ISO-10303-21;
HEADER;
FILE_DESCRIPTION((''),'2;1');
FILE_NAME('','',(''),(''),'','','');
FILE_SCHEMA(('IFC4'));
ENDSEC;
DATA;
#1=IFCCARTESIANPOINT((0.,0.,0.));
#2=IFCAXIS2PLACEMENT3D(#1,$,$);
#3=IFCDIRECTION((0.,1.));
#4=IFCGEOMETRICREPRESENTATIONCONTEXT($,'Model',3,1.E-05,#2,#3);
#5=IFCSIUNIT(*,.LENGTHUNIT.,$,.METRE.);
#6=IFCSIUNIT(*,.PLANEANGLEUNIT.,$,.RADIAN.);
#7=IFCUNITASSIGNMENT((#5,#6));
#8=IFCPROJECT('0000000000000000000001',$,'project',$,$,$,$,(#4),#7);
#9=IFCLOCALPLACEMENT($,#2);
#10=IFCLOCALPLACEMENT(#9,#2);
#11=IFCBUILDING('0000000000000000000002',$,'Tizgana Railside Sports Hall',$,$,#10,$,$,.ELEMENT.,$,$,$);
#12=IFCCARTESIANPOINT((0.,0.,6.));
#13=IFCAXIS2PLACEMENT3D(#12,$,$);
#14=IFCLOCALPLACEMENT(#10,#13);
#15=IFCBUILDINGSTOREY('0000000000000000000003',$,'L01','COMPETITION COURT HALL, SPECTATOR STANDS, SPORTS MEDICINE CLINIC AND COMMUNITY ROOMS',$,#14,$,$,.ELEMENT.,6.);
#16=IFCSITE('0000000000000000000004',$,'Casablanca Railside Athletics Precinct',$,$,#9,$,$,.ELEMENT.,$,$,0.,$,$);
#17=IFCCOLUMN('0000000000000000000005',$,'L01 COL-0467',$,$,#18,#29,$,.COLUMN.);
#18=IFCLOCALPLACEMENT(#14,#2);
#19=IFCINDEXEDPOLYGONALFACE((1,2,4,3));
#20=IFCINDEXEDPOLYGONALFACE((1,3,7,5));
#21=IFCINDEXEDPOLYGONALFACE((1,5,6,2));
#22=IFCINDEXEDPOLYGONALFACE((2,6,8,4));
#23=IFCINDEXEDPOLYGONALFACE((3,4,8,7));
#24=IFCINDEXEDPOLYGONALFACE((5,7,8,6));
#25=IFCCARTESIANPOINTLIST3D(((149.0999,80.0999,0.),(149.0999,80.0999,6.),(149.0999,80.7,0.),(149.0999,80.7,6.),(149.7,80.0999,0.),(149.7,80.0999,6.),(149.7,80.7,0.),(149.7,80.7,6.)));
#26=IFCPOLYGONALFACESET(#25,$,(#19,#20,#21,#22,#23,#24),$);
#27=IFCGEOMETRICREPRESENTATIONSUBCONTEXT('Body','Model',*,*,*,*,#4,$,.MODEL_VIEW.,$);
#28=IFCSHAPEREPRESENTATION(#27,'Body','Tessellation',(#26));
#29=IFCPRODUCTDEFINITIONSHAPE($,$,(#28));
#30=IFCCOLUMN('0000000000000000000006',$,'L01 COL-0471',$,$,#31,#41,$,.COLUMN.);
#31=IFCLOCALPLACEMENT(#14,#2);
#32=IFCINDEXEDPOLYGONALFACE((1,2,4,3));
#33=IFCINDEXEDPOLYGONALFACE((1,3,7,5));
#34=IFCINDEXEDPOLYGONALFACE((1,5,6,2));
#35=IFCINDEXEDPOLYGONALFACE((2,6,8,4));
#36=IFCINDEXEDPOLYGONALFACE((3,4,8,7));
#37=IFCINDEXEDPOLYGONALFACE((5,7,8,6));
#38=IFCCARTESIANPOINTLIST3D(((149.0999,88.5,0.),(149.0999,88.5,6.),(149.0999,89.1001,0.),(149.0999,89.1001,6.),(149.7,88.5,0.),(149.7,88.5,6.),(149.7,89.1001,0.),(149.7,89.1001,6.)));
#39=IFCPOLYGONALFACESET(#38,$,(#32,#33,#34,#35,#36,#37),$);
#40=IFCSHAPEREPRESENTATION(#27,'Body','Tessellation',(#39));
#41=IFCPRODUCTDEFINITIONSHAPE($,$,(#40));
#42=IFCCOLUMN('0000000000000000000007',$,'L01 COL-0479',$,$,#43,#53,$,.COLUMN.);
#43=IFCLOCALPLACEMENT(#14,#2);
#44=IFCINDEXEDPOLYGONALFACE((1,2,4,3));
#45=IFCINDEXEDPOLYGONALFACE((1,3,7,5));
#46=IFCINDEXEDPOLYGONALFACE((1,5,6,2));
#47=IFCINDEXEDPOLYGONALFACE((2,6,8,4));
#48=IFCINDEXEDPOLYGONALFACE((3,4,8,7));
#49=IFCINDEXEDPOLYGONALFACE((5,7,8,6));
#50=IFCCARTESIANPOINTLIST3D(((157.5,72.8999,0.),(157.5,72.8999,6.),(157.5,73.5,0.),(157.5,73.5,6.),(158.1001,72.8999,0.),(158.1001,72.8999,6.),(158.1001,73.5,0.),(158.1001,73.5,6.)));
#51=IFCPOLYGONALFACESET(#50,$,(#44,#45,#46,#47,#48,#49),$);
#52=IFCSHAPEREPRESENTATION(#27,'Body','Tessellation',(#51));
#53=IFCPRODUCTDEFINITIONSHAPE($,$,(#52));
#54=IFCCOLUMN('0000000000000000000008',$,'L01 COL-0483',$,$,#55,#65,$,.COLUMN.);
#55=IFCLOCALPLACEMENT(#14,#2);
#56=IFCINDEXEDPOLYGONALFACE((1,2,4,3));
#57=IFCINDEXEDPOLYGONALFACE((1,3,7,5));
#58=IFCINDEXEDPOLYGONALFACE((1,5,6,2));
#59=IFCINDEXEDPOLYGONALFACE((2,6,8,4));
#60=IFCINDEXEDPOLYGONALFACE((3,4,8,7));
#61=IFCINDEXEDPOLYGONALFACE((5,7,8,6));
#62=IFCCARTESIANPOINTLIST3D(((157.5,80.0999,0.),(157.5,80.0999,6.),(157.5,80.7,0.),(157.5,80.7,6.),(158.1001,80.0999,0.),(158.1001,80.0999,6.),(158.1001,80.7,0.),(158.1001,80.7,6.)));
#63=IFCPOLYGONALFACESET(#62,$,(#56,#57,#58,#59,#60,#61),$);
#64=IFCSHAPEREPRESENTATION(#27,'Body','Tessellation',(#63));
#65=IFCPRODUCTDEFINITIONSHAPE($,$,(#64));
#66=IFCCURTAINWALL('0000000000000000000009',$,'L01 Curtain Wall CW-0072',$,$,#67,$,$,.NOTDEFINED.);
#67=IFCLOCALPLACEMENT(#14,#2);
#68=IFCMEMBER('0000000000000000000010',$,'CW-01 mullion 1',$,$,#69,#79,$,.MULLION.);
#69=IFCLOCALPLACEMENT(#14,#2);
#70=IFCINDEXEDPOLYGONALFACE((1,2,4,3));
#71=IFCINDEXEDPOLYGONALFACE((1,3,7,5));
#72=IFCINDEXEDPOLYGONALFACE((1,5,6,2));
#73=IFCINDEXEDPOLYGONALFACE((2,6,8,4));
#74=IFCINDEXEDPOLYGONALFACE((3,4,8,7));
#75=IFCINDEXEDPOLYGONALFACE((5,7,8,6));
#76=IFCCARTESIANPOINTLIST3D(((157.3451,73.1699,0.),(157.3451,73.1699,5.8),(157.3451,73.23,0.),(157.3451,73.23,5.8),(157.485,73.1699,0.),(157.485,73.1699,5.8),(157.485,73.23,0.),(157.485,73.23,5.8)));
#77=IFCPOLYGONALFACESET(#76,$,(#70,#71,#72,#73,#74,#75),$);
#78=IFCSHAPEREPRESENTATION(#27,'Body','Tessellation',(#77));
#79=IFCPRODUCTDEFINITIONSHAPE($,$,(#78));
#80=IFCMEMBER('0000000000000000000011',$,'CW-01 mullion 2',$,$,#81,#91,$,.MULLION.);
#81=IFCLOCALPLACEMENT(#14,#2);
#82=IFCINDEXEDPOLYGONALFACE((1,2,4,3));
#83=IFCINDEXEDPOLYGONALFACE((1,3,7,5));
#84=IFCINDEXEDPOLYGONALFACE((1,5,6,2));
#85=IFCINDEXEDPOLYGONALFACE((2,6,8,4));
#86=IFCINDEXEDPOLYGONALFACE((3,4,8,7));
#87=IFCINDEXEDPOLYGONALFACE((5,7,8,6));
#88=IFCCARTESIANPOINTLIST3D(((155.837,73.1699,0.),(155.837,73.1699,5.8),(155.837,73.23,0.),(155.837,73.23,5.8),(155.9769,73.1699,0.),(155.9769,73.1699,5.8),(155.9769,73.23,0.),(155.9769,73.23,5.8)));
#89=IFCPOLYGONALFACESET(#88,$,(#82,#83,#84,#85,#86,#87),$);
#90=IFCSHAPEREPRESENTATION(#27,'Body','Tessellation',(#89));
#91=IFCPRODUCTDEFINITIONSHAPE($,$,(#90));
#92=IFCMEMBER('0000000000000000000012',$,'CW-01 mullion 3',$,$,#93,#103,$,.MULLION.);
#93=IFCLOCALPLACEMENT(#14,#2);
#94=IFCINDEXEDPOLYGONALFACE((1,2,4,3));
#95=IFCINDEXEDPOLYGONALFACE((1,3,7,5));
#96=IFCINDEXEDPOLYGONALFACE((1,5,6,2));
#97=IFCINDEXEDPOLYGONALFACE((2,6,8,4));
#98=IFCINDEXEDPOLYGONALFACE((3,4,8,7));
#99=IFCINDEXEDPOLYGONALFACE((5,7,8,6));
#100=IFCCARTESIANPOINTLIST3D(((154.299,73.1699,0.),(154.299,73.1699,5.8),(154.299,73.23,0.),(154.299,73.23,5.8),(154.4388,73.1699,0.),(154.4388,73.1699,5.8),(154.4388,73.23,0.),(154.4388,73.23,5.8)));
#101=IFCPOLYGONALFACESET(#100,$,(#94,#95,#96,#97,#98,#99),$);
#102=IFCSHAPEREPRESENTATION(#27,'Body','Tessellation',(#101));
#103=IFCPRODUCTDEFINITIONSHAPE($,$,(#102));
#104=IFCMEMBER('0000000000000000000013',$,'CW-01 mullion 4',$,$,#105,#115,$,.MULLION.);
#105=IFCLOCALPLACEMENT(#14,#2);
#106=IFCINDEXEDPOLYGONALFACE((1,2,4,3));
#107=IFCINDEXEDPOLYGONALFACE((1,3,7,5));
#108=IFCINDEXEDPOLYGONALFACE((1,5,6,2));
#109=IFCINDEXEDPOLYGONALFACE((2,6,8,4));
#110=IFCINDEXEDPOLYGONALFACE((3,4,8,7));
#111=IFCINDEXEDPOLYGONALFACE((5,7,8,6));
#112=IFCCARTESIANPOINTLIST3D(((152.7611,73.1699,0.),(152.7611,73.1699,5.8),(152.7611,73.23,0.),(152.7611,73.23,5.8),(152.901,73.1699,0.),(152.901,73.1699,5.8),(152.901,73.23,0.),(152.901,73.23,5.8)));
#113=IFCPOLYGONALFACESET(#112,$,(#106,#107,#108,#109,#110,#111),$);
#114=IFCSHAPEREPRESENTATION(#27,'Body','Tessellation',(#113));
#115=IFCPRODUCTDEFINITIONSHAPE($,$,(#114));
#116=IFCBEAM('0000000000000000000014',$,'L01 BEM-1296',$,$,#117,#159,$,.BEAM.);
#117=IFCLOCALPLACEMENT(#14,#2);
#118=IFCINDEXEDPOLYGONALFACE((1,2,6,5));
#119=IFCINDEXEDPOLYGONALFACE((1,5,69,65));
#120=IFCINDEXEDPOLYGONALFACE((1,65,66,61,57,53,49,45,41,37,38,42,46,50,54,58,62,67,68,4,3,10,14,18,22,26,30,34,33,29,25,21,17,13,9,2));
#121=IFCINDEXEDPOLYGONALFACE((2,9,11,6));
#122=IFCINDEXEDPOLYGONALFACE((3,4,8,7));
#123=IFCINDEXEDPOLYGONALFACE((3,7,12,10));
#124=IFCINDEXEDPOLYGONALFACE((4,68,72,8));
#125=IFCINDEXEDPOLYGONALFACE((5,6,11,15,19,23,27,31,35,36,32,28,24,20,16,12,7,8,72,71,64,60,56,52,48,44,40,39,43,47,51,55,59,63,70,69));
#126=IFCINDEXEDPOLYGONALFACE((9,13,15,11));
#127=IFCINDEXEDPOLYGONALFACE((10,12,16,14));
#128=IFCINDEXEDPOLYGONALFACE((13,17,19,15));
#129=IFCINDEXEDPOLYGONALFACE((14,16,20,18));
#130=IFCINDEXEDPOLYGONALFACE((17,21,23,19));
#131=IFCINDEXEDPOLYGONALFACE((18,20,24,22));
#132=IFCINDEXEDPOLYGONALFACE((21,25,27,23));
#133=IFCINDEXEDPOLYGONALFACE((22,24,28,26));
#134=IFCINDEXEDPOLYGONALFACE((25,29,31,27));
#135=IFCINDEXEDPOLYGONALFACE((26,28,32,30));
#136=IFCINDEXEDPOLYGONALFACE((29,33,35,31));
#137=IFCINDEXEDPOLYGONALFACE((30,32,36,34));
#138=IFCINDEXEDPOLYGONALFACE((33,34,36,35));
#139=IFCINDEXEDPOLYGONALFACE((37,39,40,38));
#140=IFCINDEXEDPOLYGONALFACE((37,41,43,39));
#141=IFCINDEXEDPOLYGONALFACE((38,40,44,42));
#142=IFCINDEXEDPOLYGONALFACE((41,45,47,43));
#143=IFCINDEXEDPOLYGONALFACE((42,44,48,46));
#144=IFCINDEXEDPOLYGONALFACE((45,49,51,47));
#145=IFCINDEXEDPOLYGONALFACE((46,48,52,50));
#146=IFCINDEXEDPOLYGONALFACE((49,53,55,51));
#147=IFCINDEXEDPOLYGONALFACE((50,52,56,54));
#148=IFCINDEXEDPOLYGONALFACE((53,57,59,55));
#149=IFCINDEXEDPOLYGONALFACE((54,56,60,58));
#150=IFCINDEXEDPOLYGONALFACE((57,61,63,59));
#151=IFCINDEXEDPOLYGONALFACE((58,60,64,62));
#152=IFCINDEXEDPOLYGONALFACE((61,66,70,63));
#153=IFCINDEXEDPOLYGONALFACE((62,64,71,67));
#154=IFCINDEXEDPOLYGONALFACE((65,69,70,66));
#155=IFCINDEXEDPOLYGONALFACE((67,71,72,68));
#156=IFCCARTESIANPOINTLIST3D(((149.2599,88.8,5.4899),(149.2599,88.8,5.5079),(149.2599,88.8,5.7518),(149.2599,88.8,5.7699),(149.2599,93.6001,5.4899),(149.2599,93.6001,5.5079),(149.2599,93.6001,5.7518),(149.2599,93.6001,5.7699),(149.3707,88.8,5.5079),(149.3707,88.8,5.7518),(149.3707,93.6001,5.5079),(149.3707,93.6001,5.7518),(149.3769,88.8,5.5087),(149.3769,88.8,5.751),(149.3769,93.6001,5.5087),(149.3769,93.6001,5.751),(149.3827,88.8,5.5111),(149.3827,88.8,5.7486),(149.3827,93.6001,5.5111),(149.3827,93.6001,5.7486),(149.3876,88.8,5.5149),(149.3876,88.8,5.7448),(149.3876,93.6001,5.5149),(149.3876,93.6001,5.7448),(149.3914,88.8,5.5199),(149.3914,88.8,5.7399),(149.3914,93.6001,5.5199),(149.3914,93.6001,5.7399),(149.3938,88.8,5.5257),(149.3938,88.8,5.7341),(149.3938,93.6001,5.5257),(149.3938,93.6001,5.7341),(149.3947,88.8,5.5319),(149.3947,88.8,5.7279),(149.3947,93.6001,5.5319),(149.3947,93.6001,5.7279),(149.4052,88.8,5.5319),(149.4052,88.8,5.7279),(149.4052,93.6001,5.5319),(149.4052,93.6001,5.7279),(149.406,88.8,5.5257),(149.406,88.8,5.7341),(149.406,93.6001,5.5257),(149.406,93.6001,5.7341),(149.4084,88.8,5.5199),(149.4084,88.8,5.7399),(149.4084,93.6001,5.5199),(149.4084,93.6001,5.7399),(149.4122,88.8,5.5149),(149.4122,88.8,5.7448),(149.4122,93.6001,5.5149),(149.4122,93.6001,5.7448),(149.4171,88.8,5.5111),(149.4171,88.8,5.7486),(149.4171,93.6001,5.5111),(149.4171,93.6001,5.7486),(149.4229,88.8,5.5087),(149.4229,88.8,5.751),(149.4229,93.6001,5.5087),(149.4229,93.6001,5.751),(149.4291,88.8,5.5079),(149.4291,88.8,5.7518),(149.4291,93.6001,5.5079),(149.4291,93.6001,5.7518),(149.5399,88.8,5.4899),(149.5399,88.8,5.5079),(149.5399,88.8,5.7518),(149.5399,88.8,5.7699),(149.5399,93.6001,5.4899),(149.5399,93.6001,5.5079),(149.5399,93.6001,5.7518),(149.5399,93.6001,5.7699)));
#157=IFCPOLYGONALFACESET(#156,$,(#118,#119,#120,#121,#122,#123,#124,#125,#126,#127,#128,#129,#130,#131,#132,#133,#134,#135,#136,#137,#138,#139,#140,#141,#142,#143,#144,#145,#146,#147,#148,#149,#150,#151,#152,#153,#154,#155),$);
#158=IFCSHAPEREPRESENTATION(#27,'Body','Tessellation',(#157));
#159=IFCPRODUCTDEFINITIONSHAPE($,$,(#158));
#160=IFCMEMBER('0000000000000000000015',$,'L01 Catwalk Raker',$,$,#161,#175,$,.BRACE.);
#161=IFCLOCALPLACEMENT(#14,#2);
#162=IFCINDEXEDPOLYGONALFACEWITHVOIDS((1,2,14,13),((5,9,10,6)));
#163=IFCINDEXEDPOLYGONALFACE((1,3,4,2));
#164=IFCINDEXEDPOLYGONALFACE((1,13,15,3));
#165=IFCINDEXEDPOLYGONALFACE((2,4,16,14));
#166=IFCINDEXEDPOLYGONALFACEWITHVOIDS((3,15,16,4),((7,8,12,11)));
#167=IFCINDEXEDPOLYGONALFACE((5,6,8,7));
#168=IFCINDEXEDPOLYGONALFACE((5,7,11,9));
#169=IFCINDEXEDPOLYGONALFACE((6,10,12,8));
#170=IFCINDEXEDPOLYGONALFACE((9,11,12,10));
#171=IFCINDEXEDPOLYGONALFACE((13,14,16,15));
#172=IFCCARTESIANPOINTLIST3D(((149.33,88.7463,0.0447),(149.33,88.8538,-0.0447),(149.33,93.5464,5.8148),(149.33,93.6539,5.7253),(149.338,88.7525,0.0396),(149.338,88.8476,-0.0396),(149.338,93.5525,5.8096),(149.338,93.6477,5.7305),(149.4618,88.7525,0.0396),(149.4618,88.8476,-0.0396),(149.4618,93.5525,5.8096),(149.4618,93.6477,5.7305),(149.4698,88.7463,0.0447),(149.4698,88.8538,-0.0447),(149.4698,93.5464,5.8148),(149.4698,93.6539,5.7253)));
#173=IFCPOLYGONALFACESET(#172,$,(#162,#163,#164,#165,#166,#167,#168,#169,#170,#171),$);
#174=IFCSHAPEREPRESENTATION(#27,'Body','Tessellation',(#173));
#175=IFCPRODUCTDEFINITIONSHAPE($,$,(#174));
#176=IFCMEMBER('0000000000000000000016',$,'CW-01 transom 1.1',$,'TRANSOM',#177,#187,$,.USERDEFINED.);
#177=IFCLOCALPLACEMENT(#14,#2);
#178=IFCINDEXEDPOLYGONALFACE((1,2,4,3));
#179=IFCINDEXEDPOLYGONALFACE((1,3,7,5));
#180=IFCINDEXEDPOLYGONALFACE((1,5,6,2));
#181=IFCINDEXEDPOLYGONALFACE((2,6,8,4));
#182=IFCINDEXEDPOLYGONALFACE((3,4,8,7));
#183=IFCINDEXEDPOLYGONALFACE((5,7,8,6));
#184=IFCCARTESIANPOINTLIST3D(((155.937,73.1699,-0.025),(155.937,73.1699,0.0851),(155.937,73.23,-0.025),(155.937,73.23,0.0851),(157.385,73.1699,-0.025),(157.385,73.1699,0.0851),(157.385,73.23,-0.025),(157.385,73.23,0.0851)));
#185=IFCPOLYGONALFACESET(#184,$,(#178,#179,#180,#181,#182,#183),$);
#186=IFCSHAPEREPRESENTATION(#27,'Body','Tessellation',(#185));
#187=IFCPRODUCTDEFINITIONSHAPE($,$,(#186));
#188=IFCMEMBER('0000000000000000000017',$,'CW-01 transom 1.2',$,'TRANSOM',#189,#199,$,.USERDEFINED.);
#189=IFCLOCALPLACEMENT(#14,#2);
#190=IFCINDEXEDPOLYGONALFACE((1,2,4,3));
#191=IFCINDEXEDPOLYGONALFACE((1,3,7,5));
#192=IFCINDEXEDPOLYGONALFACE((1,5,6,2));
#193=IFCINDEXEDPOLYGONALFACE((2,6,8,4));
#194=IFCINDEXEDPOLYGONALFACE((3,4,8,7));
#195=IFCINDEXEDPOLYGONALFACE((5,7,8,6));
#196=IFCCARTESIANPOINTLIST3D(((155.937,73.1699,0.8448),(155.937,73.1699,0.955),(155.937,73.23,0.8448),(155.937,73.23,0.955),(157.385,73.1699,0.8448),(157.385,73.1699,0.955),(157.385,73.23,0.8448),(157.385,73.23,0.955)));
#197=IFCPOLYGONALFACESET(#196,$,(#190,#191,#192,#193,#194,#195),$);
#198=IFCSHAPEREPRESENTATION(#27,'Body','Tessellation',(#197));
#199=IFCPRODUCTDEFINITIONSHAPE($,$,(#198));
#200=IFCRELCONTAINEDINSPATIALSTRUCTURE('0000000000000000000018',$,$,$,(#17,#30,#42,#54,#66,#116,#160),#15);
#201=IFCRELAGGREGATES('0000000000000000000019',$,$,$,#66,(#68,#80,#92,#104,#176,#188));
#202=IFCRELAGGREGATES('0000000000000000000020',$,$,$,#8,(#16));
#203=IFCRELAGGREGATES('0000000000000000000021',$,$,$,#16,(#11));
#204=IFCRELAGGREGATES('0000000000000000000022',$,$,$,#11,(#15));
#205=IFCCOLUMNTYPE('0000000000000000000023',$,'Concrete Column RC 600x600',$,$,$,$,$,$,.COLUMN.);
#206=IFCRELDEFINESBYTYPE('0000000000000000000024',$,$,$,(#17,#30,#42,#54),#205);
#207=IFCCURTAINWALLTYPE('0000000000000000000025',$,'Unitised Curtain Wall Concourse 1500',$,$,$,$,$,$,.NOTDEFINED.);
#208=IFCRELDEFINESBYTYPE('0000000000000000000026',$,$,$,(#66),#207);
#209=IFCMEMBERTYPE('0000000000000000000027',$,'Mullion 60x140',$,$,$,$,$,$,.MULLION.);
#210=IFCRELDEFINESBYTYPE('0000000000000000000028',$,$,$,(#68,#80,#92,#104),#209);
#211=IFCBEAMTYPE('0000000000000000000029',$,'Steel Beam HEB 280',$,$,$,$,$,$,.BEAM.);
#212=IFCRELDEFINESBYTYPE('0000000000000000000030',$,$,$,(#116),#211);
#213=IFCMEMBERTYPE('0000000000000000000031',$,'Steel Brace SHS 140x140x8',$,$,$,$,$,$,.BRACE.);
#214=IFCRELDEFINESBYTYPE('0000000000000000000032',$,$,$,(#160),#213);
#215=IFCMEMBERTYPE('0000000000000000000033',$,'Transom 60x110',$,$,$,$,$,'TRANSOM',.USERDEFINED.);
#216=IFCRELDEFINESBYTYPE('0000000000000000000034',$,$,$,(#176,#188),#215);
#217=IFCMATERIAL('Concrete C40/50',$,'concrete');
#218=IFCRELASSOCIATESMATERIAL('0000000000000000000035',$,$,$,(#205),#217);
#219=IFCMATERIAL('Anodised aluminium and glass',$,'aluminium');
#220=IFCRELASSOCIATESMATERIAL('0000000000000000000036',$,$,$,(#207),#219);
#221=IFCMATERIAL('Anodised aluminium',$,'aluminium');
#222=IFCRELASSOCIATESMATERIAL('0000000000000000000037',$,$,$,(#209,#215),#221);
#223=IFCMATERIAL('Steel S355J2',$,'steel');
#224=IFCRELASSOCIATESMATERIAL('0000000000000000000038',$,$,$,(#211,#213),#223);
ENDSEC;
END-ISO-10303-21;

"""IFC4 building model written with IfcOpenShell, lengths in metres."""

from ifc_helpers import new_model, si_unit, direction, frame, origin, origin_2d, place, context, subcontext, project, spatial, rectangle, hollow_rectangle, i_section, extrude, material, material_profile, profile_set, type_object, element, aggregate, save


model = new_model("IFC4")

# Units and contexts
model_context = context("Model", 3, precision=1e-05, world=origin(), true_north=direction((0.0, 1.0)))
body_context = subcontext(model_context, "Body", "Model", "MODEL_VIEW")
ifc_project = project(units=[si_unit("LENGTHUNIT", "METRE"), si_unit("PLANEANGLEUNIT", "RADIAN")], contexts=[model_context])

# Site, building, storey
site_placement = place(None, origin())
site = spatial("IfcSite", under=ifc_project, at=site_placement, Name="Casablanca Railside Athletics Precinct", CompositionType="ELEMENT", RefElevation=0.0)
building_placement = place(site_placement, origin())
building = spatial("IfcBuilding", under=site, at=building_placement, Name="Tizgana Railside Sports Hall", CompositionType="ELEMENT")
storey_placement = place(building_placement, frame((0.0, 0.0, 6.0)))
storey = spatial("IfcBuildingStorey", under=building, at=storey_placement, Name="L01", Description="COMPETITION COURT HALL, SPECTATOR STANDS, SPORTS MEDICINE CLINIC AND COMMUNITY ROOMS", CompositionType="ELEMENT", Elevation=6.0)

# Columns
ifc_material_1 = material(Name="Concrete C40/50", Category="concrete")
ifc_material_profile_1 = material_profile(ifc_material_1, rectangle(XDim=0.6001, YDim=0.6001, at=origin_2d()), Name="RC 600x600")
ifc_profile_set_1 = profile_set([ifc_material_profile_1], Name="Concrete C40/50")
column_type = type_object("IfcColumnType", Name="Concrete Column RC 600x600", PredefinedType="COLUMN", material=ifc_profile_set_1)
for number, where, z_axis, x_axis, name in (
    (1, (149.3999, 80.3999, 0.0), (0.0, 0.0, 1.0), (1.0, 0.0, 0.0), "L01 COL-0467"),
    (2, (149.3999, 88.8, 0.0), (0.0, 0.0, 1.0), (1.0, 0.0, 0.0), "L01 COL-0471"),
    (3, (157.8, 73.2, 0.0), (0.0, 0.0, 1.0), (1.0, 0.0, 0.0), "L01 COL-0479"),
    (4, (157.8, 80.3999, 0.0), (0.0, 0.0, 1.0), (1.0, 0.0, 0.0), "L01 COL-0483"),
):
    element("IfcColumn", number, at=place(storey_placement, frame(where, z_axis=z_axis, x_axis=x_axis)), inside=storey, type_object=column_type, Name=name, PredefinedType="COLUMN", context=body_context, shape_type="SweptSolid", body=[
        extrude(rectangle(XDim=0.6001, YDim=0.6001, at=origin_2d()), origin(), (0.0, 0.0, 1.0), 6.0),
    ])

# Curtain wall, members
ifc_material_2 = material(Name="Anodised aluminium and glass", Category="aluminium")
curtain_wall_type = type_object("IfcCurtainWallType", Name="Unitised Curtain Wall Concourse 1500", PredefinedType="NOTDEFINED", material=ifc_material_2)
curtain_wall_placement = place(storey_placement, origin())
curtain_wall = element("IfcCurtainWall", 5, at=curtain_wall_placement, inside=storey, type_object=curtain_wall_type, Name="L01 Curtain Wall CW-0072", PredefinedType="NOTDEFINED")
ifc_material_3 = material(Name="Anodised aluminium", Category="aluminium")
ifc_material_profile_2 = material_profile(ifc_material_3, rectangle(XDim=0.0601, YDim=0.1399, at=origin_2d()), Name="Mullion 60x140")
ifc_profile_set_2 = profile_set([ifc_material_profile_2], Name="Anodised aluminium")
member_type_1 = type_object("IfcMemberType", Name="Mullion 60x140", PredefinedType="MULLION", material=ifc_profile_set_2)
member_1_placement = place(storey_placement, frame((157.415, 73.2, 0.0), z_axis=(0.0, 0.0, 1.0), x_axis=(0.0, -1.0, 0.0)))
member_1 = element("IfcMember", 6, at=member_1_placement, type_object=member_type_1, Name="CW-01 mullion 1", PredefinedType="MULLION", context=body_context, shape_type="SweptSolid", body=[
    extrude(rectangle(XDim=0.0601, YDim=0.1399, at=origin_2d()), origin(), (0.0, 0.0, 1.0), 5.8),
])
member_2_placement = place(storey_placement, frame((155.907, 73.2, 0.0), z_axis=(0.0, 0.0, 1.0), x_axis=(0.0, -1.0, 0.0)))
member_2 = element("IfcMember", 7, at=member_2_placement, type_object=member_type_1, Name="CW-01 mullion 2", PredefinedType="MULLION", context=body_context, shape_type="SweptSolid", body=[
    extrude(rectangle(XDim=0.0601, YDim=0.1399, at=origin_2d()), origin(), (0.0, 0.0, 1.0), 5.8),
])
member_3_placement = place(storey_placement, frame((154.3689, 73.2, 0.0), z_axis=(0.0, 0.0, 1.0), x_axis=(0.0, -1.0, 0.0)))
member_3 = element("IfcMember", 8, at=member_3_placement, type_object=member_type_1, Name="CW-01 mullion 3", PredefinedType="MULLION", context=body_context, shape_type="SweptSolid", body=[
    extrude(rectangle(XDim=0.0601, YDim=0.1399, at=origin_2d()), origin(), (0.0, 0.0, 1.0), 5.8),
])
member_4_placement = place(storey_placement, frame((152.8311, 73.2, 0.0), z_axis=(0.0, 0.0, 1.0), x_axis=(0.0, -1.0, 0.0)))
member_4 = element("IfcMember", 9, at=member_4_placement, type_object=member_type_1, Name="CW-01 mullion 4", PredefinedType="MULLION", context=body_context, shape_type="SweptSolid", body=[
    extrude(rectangle(XDim=0.0601, YDim=0.1399, at=origin_2d()), origin(), (0.0, 0.0, 1.0), 5.8),
])

# Beam
ifc_material_4 = material(Name="Steel S355J2", Category="steel")
ifc_material_profile_3 = material_profile(ifc_material_4, i_section(OverallWidth=0.28, OverallDepth=0.28, WebThickness=0.0105, FlangeThickness=0.0181, FilletRadius=0.0239, at=origin_2d()), Name="HEB 280")
ifc_profile_set_3 = profile_set([ifc_material_profile_3], Name="Steel S355J2")
beam_type = type_object("IfcBeamType", Name="Steel Beam HEB 280", PredefinedType="BEAM", material=ifc_profile_set_3)
beam_placement = place(storey_placement, frame((149.3999, 88.8, 5.6299), z_axis=(0.0, 1.0, 0.0), x_axis=(-1.0, 0.0, 0.0)))
element("IfcBeam", 10, at=beam_placement, inside=storey, type_object=beam_type, Name="L01 BEM-1296", PredefinedType="BEAM", context=body_context, shape_type="SweptSolid", body=[
    extrude(i_section(OverallWidth=0.28, OverallDepth=0.28, WebThickness=0.0105, FlangeThickness=0.0181, FilletRadius=0.0239, at=origin_2d()), origin(), (0.0, 0.0, 1.0), 4.8),
])

# Members
ifc_material_profile_4 = material_profile(ifc_material_4, hollow_rectangle(XDim=0.1399, YDim=0.1399, WallThickness=0.0081, at=origin_2d()), Name="SHS 140x140x8")
ifc_profile_set_4 = profile_set([ifc_material_profile_4], Name="Steel S355J2")
member_type_2 = type_object("IfcMemberType", Name="Steel Brace SHS 140x140x8", PredefinedType="BRACE", material=ifc_profile_set_4)
member_5_placement = place(storey_placement, frame((149.3999, 88.8, 0.0), z_axis=(0.0, 0.639531, 0.768765), x_axis=(-1.0, 0.0, 0.0)))
element("IfcMember", 11, at=member_5_placement, inside=storey, type_object=member_type_2, Name="L01 Catwalk Raker", PredefinedType="BRACE", context=body_context, shape_type="SweptSolid", body=[
    extrude(hollow_rectangle(XDim=0.1399, YDim=0.1399, WallThickness=0.0081, at=origin_2d()), origin(), (0.0, 0.0, 1.0), 7.5056),
])
ifc_material_profile_5 = material_profile(ifc_material_3, rectangle(XDim=0.0601, YDim=0.1101, at=origin_2d()), Name="Transom 60x110")
ifc_profile_set_5 = profile_set([ifc_material_profile_5], Name="Anodised aluminium")
member_type_3 = type_object("IfcMemberType", Name="Transom 60x110", ElementType="TRANSOM", PredefinedType="USERDEFINED", material=ifc_profile_set_5)
member_6_placement = place(storey_placement, frame((157.385, 73.2, 0.03), z_axis=(-1.0, 0.0, 0.0), x_axis=(0.0, -1.0, 0.0)))
member_6 = element("IfcMember", 12, at=member_6_placement, type_object=member_type_3, Name="CW-01 transom 1.1", ObjectType="TRANSOM", PredefinedType="USERDEFINED", context=body_context, shape_type="SweptSolid", body=[
    extrude(rectangle(XDim=0.0601, YDim=0.1101, at=origin_2d()), origin(), (0.0, 0.0, 1.0), 1.448),
])
member_7_placement = place(storey_placement, frame((157.385, 73.2, 0.8999), z_axis=(-1.0, 0.0, 0.0), x_axis=(0.0, -1.0, 0.0)))
member_7 = element("IfcMember", 13, at=member_7_placement, type_object=member_type_3, Name="CW-01 transom 1.2", ObjectType="TRANSOM", PredefinedType="USERDEFINED", context=body_context, shape_type="SweptSolid", body=[
    extrude(rectangle(XDim=0.0601, YDim=0.1101, at=origin_2d()), origin(), (0.0, 0.0, 1.0), 1.448),
])

aggregate(curtain_wall, [member_1, member_2, member_3, member_4, member_6, member_7])

save(model, "model.ifc")
